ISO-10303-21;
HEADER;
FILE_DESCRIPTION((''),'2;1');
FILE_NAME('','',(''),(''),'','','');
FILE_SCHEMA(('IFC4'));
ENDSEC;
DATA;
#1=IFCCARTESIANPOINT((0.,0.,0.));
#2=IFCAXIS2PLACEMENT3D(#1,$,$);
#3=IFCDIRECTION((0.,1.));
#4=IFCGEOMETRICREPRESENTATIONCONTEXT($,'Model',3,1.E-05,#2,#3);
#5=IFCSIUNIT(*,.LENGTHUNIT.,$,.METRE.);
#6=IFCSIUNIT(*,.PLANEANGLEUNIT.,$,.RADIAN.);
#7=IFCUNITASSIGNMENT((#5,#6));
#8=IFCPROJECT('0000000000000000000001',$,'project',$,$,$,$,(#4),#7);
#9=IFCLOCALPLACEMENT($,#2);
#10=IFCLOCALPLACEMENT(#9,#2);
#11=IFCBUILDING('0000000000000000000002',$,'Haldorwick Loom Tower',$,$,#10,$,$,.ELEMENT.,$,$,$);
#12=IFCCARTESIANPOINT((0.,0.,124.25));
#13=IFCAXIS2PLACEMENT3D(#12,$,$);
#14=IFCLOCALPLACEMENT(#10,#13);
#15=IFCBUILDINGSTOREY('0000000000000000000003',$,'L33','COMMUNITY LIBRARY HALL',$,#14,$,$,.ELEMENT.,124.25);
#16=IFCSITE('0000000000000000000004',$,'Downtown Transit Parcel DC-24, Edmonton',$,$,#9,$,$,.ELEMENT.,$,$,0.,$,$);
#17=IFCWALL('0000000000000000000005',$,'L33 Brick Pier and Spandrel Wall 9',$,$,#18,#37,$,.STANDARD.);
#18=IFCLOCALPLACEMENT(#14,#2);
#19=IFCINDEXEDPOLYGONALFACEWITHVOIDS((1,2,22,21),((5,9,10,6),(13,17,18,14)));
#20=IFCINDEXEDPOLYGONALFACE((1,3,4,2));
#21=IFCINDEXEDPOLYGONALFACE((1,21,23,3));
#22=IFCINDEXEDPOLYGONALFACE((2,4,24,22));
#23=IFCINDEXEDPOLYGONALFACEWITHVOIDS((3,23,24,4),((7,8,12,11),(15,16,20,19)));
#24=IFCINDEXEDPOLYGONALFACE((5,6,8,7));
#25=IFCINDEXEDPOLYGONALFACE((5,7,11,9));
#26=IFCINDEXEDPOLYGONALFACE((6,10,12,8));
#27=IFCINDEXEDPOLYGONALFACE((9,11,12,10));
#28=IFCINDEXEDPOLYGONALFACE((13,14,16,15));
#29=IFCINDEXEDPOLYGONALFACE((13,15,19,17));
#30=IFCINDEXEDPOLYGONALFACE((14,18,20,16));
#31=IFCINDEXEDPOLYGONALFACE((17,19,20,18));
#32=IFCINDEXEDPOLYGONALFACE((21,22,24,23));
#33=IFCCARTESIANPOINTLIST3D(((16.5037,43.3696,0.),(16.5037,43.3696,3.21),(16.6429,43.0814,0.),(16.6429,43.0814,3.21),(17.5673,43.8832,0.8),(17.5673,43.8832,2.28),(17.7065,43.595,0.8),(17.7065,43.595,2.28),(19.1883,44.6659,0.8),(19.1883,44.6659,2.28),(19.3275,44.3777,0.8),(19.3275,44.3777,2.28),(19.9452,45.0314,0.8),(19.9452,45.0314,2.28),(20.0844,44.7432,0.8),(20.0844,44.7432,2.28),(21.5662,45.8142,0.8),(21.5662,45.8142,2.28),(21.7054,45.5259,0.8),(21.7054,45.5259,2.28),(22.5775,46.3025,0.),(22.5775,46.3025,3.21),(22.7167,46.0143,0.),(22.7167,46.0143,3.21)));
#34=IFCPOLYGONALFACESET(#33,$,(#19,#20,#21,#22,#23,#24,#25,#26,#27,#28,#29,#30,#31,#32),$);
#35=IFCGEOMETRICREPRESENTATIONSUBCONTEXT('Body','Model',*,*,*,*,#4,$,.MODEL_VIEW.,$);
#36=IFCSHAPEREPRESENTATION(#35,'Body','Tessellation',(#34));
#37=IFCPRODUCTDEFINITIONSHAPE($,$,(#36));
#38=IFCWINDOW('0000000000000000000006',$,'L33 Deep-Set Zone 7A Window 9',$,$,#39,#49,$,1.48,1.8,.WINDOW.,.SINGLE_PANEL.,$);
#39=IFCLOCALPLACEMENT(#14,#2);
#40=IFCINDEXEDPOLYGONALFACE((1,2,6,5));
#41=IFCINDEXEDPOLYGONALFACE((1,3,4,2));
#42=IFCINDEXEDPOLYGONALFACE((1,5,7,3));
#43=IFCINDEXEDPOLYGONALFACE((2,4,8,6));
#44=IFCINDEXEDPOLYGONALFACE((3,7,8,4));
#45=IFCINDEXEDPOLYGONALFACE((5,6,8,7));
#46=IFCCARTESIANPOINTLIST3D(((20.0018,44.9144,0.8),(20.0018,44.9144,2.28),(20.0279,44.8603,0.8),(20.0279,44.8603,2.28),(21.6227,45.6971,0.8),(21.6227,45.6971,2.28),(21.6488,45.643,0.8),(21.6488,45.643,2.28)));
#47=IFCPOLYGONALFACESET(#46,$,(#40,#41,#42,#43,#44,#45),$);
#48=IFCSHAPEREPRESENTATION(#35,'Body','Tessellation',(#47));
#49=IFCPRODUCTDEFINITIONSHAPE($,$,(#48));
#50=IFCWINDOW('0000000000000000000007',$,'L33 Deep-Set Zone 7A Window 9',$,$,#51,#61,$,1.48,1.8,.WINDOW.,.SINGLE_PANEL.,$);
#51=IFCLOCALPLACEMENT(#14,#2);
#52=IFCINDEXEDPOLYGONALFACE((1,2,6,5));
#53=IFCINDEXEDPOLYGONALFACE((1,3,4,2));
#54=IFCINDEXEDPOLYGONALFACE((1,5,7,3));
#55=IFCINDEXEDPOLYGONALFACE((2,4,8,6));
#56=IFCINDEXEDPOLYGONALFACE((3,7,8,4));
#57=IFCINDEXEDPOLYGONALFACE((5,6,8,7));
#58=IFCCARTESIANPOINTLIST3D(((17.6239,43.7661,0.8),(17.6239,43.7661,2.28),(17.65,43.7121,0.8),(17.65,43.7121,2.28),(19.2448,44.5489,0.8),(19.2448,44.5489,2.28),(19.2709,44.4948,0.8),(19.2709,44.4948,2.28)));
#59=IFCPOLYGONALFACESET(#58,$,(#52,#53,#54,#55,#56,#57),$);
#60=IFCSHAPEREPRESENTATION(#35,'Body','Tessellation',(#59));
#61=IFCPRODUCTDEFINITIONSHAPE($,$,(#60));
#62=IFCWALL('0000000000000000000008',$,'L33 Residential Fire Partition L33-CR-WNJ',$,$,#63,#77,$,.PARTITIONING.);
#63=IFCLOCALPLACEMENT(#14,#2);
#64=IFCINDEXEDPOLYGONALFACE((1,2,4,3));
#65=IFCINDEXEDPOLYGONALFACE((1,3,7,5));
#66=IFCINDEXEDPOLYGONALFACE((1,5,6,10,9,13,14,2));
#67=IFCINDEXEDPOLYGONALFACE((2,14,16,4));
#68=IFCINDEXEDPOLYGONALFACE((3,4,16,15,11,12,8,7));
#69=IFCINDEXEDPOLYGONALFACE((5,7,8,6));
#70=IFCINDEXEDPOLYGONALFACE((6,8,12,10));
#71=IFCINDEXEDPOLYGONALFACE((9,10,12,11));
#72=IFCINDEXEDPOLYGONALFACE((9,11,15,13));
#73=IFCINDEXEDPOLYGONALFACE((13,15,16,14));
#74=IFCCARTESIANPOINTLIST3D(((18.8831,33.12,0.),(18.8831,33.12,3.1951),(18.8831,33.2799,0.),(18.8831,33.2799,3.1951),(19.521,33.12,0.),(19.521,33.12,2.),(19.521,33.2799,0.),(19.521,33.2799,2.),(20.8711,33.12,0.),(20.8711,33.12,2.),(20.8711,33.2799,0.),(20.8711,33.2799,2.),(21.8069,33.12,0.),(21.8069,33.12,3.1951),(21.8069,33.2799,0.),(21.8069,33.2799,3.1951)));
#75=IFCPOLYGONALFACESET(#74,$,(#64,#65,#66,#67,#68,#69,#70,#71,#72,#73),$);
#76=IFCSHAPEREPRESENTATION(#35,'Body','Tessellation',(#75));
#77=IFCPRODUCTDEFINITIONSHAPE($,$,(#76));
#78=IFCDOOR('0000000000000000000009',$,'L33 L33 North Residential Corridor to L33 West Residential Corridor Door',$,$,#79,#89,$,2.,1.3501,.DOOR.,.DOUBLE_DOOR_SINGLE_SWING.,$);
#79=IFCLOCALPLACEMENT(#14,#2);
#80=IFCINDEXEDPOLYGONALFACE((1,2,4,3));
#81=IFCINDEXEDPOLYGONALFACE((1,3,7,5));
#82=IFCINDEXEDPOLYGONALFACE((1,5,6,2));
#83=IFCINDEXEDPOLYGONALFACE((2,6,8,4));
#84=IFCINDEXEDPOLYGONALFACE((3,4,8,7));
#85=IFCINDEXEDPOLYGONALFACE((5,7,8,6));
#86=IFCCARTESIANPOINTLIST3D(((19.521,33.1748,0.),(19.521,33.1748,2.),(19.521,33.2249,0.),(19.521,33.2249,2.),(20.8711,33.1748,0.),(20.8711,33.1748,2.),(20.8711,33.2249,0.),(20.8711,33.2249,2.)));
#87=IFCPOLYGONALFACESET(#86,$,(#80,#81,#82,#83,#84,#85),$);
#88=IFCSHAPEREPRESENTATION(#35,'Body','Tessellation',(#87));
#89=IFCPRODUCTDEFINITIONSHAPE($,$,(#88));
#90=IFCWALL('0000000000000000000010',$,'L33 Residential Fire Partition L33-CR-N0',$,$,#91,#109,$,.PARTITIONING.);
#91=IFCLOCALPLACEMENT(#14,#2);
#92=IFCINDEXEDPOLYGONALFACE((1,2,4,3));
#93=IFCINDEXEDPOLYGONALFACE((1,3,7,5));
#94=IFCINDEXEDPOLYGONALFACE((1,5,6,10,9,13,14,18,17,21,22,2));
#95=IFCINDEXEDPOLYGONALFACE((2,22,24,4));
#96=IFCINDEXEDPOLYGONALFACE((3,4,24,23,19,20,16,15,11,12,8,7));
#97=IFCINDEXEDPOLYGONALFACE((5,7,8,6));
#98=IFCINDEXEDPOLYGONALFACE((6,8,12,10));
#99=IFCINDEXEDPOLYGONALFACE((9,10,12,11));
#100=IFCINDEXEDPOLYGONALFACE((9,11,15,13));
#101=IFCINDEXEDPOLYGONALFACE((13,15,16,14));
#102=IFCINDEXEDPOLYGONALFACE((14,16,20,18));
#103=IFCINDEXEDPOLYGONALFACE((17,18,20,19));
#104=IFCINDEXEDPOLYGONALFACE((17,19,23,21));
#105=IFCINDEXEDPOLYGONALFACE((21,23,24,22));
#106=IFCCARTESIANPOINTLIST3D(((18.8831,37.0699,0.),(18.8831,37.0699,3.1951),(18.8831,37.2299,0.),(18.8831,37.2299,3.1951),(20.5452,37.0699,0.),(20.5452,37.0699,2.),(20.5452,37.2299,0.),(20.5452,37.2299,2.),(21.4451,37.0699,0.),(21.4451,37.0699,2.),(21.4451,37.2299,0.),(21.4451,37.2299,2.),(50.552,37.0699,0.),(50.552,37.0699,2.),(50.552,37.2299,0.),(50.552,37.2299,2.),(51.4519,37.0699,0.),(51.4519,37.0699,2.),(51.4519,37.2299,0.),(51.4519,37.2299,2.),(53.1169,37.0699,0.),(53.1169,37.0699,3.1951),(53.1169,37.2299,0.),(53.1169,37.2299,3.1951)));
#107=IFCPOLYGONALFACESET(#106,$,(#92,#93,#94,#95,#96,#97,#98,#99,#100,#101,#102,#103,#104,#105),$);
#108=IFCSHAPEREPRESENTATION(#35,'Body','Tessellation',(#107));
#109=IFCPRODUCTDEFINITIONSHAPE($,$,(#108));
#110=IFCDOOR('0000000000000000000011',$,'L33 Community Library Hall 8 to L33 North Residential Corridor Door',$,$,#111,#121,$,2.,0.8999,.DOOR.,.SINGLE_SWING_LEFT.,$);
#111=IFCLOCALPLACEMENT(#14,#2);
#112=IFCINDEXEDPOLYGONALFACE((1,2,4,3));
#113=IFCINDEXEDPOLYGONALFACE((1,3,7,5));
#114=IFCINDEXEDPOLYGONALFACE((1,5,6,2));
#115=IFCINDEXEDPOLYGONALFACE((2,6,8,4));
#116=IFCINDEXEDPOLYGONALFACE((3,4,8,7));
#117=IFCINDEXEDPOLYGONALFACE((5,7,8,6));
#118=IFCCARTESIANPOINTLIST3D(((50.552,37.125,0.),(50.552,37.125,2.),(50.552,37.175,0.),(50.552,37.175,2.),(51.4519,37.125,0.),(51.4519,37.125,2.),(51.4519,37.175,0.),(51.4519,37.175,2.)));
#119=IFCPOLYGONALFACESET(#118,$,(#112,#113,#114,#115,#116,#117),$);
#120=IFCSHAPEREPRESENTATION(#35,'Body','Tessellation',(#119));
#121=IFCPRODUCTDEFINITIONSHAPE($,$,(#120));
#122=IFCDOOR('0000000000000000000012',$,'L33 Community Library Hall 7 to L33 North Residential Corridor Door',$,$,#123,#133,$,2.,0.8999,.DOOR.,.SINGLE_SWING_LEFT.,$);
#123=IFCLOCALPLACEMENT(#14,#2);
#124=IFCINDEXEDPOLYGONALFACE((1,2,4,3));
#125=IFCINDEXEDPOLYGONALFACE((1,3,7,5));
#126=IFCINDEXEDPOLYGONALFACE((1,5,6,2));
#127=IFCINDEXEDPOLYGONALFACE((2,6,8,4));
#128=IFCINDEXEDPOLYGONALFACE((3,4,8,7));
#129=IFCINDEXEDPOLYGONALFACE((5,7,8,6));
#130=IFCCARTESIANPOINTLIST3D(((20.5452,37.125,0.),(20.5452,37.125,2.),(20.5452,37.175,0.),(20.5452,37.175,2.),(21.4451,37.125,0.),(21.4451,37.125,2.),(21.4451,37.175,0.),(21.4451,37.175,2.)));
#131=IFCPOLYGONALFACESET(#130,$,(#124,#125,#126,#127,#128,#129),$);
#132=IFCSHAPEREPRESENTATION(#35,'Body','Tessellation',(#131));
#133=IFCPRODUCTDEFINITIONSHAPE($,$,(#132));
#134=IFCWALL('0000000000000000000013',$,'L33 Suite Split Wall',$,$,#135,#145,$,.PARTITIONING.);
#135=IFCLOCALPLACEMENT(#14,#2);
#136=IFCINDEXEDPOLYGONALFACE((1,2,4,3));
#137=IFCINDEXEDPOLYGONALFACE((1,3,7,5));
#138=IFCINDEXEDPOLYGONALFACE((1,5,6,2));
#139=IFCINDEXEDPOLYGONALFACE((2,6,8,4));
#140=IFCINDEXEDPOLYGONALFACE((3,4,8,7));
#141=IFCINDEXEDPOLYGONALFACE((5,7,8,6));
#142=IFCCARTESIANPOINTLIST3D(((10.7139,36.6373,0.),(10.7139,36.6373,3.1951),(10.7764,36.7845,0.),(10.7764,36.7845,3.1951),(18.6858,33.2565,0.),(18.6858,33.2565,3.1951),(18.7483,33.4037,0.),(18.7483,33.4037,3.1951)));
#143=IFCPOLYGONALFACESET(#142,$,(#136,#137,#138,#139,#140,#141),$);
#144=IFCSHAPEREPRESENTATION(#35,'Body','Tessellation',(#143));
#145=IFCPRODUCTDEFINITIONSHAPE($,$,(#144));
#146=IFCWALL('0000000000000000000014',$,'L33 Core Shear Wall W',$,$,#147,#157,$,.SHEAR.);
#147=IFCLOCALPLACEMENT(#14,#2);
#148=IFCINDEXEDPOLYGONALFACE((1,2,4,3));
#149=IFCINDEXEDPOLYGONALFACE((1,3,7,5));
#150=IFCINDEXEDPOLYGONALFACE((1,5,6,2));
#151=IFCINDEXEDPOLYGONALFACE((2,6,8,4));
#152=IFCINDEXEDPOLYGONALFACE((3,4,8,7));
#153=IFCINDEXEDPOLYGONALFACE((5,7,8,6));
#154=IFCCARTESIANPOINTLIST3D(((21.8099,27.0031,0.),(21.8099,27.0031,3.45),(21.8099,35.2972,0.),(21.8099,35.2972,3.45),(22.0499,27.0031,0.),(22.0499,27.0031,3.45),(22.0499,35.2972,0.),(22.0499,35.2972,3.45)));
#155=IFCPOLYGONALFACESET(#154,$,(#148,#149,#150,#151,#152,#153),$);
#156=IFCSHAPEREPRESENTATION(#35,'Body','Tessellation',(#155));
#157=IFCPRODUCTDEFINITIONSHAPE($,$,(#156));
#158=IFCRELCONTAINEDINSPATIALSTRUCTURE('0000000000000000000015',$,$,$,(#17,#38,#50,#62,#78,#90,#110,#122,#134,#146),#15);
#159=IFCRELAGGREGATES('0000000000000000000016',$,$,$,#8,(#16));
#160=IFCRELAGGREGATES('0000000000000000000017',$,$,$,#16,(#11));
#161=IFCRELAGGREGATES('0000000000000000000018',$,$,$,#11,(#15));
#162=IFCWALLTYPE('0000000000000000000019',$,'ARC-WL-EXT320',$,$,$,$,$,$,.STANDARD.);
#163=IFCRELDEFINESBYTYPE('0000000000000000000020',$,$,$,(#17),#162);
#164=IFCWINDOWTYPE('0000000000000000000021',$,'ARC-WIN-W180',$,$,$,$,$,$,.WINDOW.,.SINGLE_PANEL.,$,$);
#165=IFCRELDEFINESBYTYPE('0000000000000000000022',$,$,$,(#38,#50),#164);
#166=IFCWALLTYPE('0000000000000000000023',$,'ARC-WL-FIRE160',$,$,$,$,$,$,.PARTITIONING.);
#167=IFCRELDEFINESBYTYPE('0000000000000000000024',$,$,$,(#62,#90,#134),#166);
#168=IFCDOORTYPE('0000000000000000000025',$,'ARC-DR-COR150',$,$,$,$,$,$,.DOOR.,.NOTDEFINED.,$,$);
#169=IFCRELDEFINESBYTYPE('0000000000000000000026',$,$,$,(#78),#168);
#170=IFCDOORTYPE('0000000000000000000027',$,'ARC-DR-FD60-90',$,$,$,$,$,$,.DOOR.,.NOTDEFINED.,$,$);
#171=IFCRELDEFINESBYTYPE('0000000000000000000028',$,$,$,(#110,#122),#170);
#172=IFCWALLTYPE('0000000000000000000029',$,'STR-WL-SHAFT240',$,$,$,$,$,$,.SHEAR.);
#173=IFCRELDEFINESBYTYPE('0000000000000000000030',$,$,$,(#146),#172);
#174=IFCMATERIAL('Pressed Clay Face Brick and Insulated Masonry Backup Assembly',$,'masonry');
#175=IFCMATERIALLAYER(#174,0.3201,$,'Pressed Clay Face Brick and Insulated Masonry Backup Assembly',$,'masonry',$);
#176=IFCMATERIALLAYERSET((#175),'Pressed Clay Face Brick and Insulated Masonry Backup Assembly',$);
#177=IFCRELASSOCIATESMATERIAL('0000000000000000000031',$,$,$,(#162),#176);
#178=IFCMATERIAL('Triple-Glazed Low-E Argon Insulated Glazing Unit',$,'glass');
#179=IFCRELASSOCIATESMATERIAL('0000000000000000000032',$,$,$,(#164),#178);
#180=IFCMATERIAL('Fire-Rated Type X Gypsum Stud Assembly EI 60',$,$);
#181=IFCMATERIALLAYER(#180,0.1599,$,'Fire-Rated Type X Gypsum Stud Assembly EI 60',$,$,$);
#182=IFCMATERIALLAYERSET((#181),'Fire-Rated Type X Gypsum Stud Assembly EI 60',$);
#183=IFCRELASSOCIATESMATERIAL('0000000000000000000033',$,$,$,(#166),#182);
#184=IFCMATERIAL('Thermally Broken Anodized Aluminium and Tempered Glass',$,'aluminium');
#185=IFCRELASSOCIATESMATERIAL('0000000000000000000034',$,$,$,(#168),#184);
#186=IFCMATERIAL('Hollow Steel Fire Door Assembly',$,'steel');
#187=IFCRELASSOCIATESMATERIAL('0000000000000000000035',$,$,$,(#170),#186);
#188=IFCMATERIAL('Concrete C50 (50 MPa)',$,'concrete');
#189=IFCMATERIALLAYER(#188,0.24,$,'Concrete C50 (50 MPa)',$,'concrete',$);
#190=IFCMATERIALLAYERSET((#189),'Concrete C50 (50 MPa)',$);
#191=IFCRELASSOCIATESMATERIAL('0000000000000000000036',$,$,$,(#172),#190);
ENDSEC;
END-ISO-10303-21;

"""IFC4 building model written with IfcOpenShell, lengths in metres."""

from ifc_helpers import new_model, si_unit, direction, frame, frame_2d, origin, place, context, subcontext, project, spatial, rectangle, extrude, material, layer, layer_set, type_object, element, fill, save


model = new_model("IFC4")

# Units and contexts
model_context = context("Model", 3, precision=1e-05, world=origin(), true_north=direction((0.0, 1.0)))
body_context = subcontext(model_context, "Body", "Model", "MODEL_VIEW")
ifc_project = project(units=[si_unit("LENGTHUNIT", "METRE"), si_unit("PLANEANGLEUNIT", "RADIAN")], contexts=[model_context])

# Site, building, storey
site_placement = place(None, origin())
site = spatial("IfcSite", under=ifc_project, at=site_placement, Name="Downtown Transit Parcel DC-24, Edmonton", CompositionType="ELEMENT", RefElevation=0.0)
building_placement = place(site_placement, origin())
building = spatial("IfcBuilding", under=site, at=building_placement, Name="Haldorwick Loom Tower", CompositionType="ELEMENT")
storey_placement = place(building_placement, frame((0.0, 0.0, 124.25)))
storey = spatial("IfcBuildingStorey", under=building, at=storey_placement, Name="L33", Description="COMMUNITY LIBRARY HALL", CompositionType="ELEMENT", Elevation=124.25)

# Wall, openings, windows
ifc_material_1 = material(Name="Pressed Clay Face Brick and Insulated Masonry Backup Assembly", Category="masonry")
ifc_layer_1 = layer(ifc_material_1, 0.3201, Name="Pressed Clay Face Brick and Insulated Masonry Backup Assembly", Category="masonry")
ifc_layer_set_1 = layer_set([ifc_layer_1], Name="Pressed Clay Face Brick and Insulated Masonry Backup Assembly")
wall_type_1 = type_object("IfcWallType", Name="ARC-WL-EXT320", PredefinedType="STANDARD", material=ifc_layer_set_1)
wall_1_placement = place(storey_placement, frame((22.6472, 46.1584, 0.0), z_axis=(0.0, 0.0, 1.0), x_axis=(-0.90051, -0.434835, 0.0)))
wall_1 = element("IfcWall", 1, at=wall_1_placement, inside=storey, type_object=wall_type_1, Name="L33 Brick Pier and Spandrel Wall 9", PredefinedType="STANDARD", context=body_context, shape_type="SweptSolid", body=[
    extrude(rectangle(XDim=6.7449, YDim=0.3201, at=frame_2d((3.3726, 0.0))), origin(), (0.0, 0.0, 1.0), 3.21),
])
opening_1_placement = place(wall_1_placement, frame((1.1233, 0.0, 0.8)))
opening_1 = element("IfcOpeningElement", 2, at=opening_1_placement, cuts=wall_1, PredefinedType="OPENING", context=body_context, shape_type="SweptSolid", body=[
    extrude(rectangle(XDim=1.8, YDim=1.48, at=frame_2d((0.8999, 0.74))), frame((0.0, 0.1699, 0.0), z_axis=(0.0, -1.0, 0.0), x_axis=(1.0, 0.0, 0.0)), (0.0, 0.0, 1.0), 0.3401),
])
opening_2_placement = place(wall_1_placement, frame((3.7639, 0.0, 0.8)))
opening_2 = element("IfcOpeningElement", 3, at=opening_2_placement, cuts=wall_1, PredefinedType="OPENING", context=body_context, shape_type="SweptSolid", body=[
    extrude(rectangle(XDim=1.8, YDim=1.48, at=frame_2d((0.8999, 0.74))), frame((0.0, 0.1699, 0.0), z_axis=(0.0, -1.0, 0.0), x_axis=(1.0, 0.0, 0.0)), (0.0, 0.0, 1.0), 0.3401),
])
ifc_material_2 = material(Name="Triple-Glazed Low-E Argon Insulated Glazing Unit", Category="glass")
window_type = type_object("IfcWindowType", Name="ARC-WIN-W180", PartitioningType="SINGLE_PANEL", PredefinedType="WINDOW", material=ifc_material_2)
window_1_placement = place(opening_1_placement, origin())
window_1 = element("IfcWindow", 4, at=window_1_placement, inside=storey, type_object=window_type, Name="L33 Deep-Set Zone 7A Window 9", OverallHeight=1.48, OverallWidth=1.8, PartitioningType="SINGLE_PANEL", PredefinedType="WINDOW", context=body_context, shape_type="SweptSolid", body=[
    extrude(rectangle(XDim=1.8, YDim=1.48, at=frame_2d((0.8999, 0.74))), frame((0.0, 0.03, 0.0), z_axis=(0.0, -1.0, 0.0), x_axis=(1.0, 0.0, 0.0)), (0.0, 0.0, 1.0), 0.0601),
])
fill(opening_1, window_1)
window_2_placement = place(opening_2_placement, origin())
window_2 = element("IfcWindow", 5, at=window_2_placement, inside=storey, type_object=window_type, Name="L33 Deep-Set Zone 7A Window 9", OverallHeight=1.48, OverallWidth=1.8, PartitioningType="SINGLE_PANEL", PredefinedType="WINDOW", context=body_context, shape_type="SweptSolid", body=[
    extrude(rectangle(XDim=1.8, YDim=1.48, at=frame_2d((0.8999, 0.74))), frame((0.0, 0.03, 0.0), z_axis=(0.0, -1.0, 0.0), x_axis=(1.0, 0.0, 0.0)), (0.0, 0.0, 1.0), 0.0601),
])
fill(opening_2, window_2)

# Wall, opening, door
ifc_material_3 = material(Name="Fire-Rated Type X Gypsum Stud Assembly EI 60")
ifc_layer_2 = layer(ifc_material_3, 0.1599, Name="Fire-Rated Type X Gypsum Stud Assembly EI 60")
ifc_layer_set_2 = layer_set([ifc_layer_2], Name="Fire-Rated Type X Gypsum Stud Assembly EI 60")
wall_type_2 = type_object("IfcWallType", Name="ARC-WL-FIRE160", PredefinedType="PARTITIONING", material=ifc_layer_set_2)
wall_2_placement = place(storey_placement, frame((18.8831, 33.2, 0.0), z_axis=(0.0, 0.0, 1.0), x_axis=(1.0, 0.0, 0.0)))
wall_2 = element("IfcWall", 6, at=wall_2_placement, inside=storey, type_object=wall_type_2, Name="L33 Residential Fire Partition L33-CR-WNJ", PredefinedType="PARTITIONING", context=body_context, shape_type="SweptSolid", body=[
    extrude(rectangle(XDim=2.9238, YDim=0.1599, at=frame_2d((1.4619, 0.0))), origin(), (0.0, 0.0, 1.0), 3.1951),
])
opening_3_placement = place(wall_2_placement, frame((0.6379, 0.0, 0.0)))
opening_3 = element("IfcOpeningElement", 7, at=opening_3_placement, cuts=wall_2, PredefinedType="OPENING", context=body_context, shape_type="SweptSolid", body=[
    extrude(rectangle(XDim=1.3501, YDim=2.0, at=frame_2d((0.675, 1.0))), frame((0.0, 0.0898, 0.0), z_axis=(0.0, -1.0, 0.0), x_axis=(1.0, 0.0, 0.0)), (0.0, 0.0, 1.0), 0.1799),
])
ifc_material_4 = material(Name="Thermally Broken Anodized Aluminium and Tempered Glass", Category="aluminium")
door_type_1 = type_object("IfcDoorType", Name="ARC-DR-COR150", OperationType="NOTDEFINED", PredefinedType="DOOR", material=ifc_material_4)
door_1_placement = place(opening_3_placement, origin())
door_1 = element("IfcDoor", 8, at=door_1_placement, inside=storey, type_object=door_type_1, Name="L33 L33 North Residential Corridor to L33 West Residential Corridor Door", OperationType="DOUBLE_DOOR_SINGLE_SWING", OverallHeight=2.0, OverallWidth=1.3501, PredefinedType="DOOR", context=body_context, shape_type="SweptSolid", body=[
    extrude(rectangle(XDim=1.3501, YDim=2.0, at=frame_2d((0.675, 1.0))), frame((0.0, 0.0249, 0.0), z_axis=(0.0, -1.0, 0.0), x_axis=(1.0, 0.0, 0.0)), (0.0, 0.0, 1.0), 0.05),
])
fill(opening_3, door_1)

# Wall, openings, doors
wall_3_placement = place(storey_placement, frame((18.8831, 37.1499, 0.0), z_axis=(0.0, 0.0, 1.0), x_axis=(1.0, 0.0, 0.0)))
wall_3 = element("IfcWall", 9, at=wall_3_placement, inside=storey, type_object=wall_type_2, Name="L33 Residential Fire Partition L33-CR-N0", PredefinedType="PARTITIONING", context=body_context, shape_type="SweptSolid", body=[
    extrude(rectangle(XDim=34.2339, YDim=0.1599, at=frame_2d((17.1169, 0.0))), origin(), (0.0, 0.0, 1.0), 3.1951),
])
opening_4_placement = place(wall_3_placement, frame((31.6689, 0.0, 0.0)))
opening_4 = element("IfcOpeningElement", 10, at=opening_4_placement, cuts=wall_3, PredefinedType="OPENING", context=body_context, shape_type="SweptSolid", body=[
    extrude(rectangle(XDim=0.8999, YDim=2.0, at=frame_2d((0.45, 1.0))), frame((0.0, 0.0898, 0.0), z_axis=(0.0, -1.0, 0.0), x_axis=(1.0, 0.0, 0.0)), (0.0, 0.0, 1.0), 0.1799),
])
opening_5_placement = place(wall_3_placement, frame((1.6621, 0.0, 0.0)))
opening_5 = element("IfcOpeningElement", 11, at=opening_5_placement, cuts=wall_3, PredefinedType="OPENING", context=body_context, shape_type="SweptSolid", body=[
    extrude(rectangle(XDim=0.8999, YDim=2.0, at=frame_2d((0.45, 1.0))), frame((0.0, 0.0898, 0.0), z_axis=(0.0, -1.0, 0.0), x_axis=(1.0, 0.0, 0.0)), (0.0, 0.0, 1.0), 0.1799),
])
ifc_material_5 = material(Name="Hollow Steel Fire Door Assembly", Category="steel")
door_type_2 = type_object("IfcDoorType", Name="ARC-DR-FD60-90", OperationType="NOTDEFINED", PredefinedType="DOOR", material=ifc_material_5)
door_2_placement = place(opening_4_placement, frame((0.8999, 0.0, 0.0), z_axis=(0.0, 0.0, 1.0), x_axis=(-1.0, 0.0, 0.0)))
door_2 = element("IfcDoor", 12, at=door_2_placement, inside=storey, type_object=door_type_2, Name="L33 Community Library Hall 8 to L33 North Residential Corridor Door", OperationType="SINGLE_SWING_LEFT", OverallHeight=2.0, OverallWidth=0.8999, PredefinedType="DOOR", context=body_context, shape_type="SweptSolid", body=[
    extrude(rectangle(XDim=0.8999, YDim=2.0, at=frame_2d((0.45, 1.0))), frame((0.0, 0.0249, 0.0), z_axis=(0.0, -1.0, 0.0), x_axis=(1.0, 0.0, 0.0)), (0.0, 0.0, 1.0), 0.05),
])
fill(opening_4, door_2)
door_3_placement = place(opening_5_placement, frame((0.8999, 0.0, 0.0), z_axis=(0.0, 0.0, 1.0), x_axis=(-1.0, 0.0, 0.0)))
door_3 = element("IfcDoor", 13, at=door_3_placement, inside=storey, type_object=door_type_2, Name="L33 Community Library Hall 7 to L33 North Residential Corridor Door", OperationType="SINGLE_SWING_LEFT", OverallHeight=2.0, OverallWidth=0.8999, PredefinedType="DOOR", context=body_context, shape_type="SweptSolid", body=[
    extrude(rectangle(XDim=0.8999, YDim=2.0, at=frame_2d((0.45, 1.0))), frame((0.0, 0.0249, 0.0), z_axis=(0.0, -1.0, 0.0), x_axis=(1.0, 0.0, 0.0)), (0.0, 0.0, 1.0), 0.05),
])
fill(opening_5, door_3)

# Walls
wall_4_placement = place(storey_placement, frame((18.717, 33.3301, 0.0), z_axis=(0.0, 0.0, 1.0), x_axis=(-0.92063, 0.390435, 0.0)))
element("IfcWall", 14, at=wall_4_placement, inside=storey, type_object=wall_type_2, Name="L33 Suite Split Wall", PredefinedType="PARTITIONING", context=body_context, shape_type="SweptSolid", body=[
    extrude(rectangle(XDim=8.6592, YDim=0.1599, at=frame_2d((4.3296, 0.0))), origin(), (0.0, 0.0, 1.0), 3.1951),
])
ifc_material_6 = material(Name="Concrete C50 (50 MPa)", Category="concrete")
ifc_layer_3 = layer(ifc_material_6, 0.24, Name="Concrete C50 (50 MPa)", Category="concrete")
ifc_layer_set_3 = layer_set([ifc_layer_3], Name="Concrete C50 (50 MPa)")
wall_type_3 = type_object("IfcWallType", Name="STR-WL-SHAFT240", PredefinedType="SHEAR", material=ifc_layer_set_3)
wall_5_placement = place(storey_placement, frame((21.9299, 35.2971, 0.0), z_axis=(0.0, 0.0, 1.0), x_axis=(0.0, -1.0, 0.0)))
element("IfcWall", 15, at=wall_5_placement, inside=storey, type_object=wall_type_3, Name="L33 Core Shear Wall W", PredefinedType="SHEAR", context=body_context, shape_type="SweptSolid", body=[
    extrude(rectangle(XDim=8.2942, YDim=0.24, at=frame_2d((4.147, 0.0))), origin(), (0.0, 0.0, 1.0), 3.45),
])

save(model, "model.ifc")
